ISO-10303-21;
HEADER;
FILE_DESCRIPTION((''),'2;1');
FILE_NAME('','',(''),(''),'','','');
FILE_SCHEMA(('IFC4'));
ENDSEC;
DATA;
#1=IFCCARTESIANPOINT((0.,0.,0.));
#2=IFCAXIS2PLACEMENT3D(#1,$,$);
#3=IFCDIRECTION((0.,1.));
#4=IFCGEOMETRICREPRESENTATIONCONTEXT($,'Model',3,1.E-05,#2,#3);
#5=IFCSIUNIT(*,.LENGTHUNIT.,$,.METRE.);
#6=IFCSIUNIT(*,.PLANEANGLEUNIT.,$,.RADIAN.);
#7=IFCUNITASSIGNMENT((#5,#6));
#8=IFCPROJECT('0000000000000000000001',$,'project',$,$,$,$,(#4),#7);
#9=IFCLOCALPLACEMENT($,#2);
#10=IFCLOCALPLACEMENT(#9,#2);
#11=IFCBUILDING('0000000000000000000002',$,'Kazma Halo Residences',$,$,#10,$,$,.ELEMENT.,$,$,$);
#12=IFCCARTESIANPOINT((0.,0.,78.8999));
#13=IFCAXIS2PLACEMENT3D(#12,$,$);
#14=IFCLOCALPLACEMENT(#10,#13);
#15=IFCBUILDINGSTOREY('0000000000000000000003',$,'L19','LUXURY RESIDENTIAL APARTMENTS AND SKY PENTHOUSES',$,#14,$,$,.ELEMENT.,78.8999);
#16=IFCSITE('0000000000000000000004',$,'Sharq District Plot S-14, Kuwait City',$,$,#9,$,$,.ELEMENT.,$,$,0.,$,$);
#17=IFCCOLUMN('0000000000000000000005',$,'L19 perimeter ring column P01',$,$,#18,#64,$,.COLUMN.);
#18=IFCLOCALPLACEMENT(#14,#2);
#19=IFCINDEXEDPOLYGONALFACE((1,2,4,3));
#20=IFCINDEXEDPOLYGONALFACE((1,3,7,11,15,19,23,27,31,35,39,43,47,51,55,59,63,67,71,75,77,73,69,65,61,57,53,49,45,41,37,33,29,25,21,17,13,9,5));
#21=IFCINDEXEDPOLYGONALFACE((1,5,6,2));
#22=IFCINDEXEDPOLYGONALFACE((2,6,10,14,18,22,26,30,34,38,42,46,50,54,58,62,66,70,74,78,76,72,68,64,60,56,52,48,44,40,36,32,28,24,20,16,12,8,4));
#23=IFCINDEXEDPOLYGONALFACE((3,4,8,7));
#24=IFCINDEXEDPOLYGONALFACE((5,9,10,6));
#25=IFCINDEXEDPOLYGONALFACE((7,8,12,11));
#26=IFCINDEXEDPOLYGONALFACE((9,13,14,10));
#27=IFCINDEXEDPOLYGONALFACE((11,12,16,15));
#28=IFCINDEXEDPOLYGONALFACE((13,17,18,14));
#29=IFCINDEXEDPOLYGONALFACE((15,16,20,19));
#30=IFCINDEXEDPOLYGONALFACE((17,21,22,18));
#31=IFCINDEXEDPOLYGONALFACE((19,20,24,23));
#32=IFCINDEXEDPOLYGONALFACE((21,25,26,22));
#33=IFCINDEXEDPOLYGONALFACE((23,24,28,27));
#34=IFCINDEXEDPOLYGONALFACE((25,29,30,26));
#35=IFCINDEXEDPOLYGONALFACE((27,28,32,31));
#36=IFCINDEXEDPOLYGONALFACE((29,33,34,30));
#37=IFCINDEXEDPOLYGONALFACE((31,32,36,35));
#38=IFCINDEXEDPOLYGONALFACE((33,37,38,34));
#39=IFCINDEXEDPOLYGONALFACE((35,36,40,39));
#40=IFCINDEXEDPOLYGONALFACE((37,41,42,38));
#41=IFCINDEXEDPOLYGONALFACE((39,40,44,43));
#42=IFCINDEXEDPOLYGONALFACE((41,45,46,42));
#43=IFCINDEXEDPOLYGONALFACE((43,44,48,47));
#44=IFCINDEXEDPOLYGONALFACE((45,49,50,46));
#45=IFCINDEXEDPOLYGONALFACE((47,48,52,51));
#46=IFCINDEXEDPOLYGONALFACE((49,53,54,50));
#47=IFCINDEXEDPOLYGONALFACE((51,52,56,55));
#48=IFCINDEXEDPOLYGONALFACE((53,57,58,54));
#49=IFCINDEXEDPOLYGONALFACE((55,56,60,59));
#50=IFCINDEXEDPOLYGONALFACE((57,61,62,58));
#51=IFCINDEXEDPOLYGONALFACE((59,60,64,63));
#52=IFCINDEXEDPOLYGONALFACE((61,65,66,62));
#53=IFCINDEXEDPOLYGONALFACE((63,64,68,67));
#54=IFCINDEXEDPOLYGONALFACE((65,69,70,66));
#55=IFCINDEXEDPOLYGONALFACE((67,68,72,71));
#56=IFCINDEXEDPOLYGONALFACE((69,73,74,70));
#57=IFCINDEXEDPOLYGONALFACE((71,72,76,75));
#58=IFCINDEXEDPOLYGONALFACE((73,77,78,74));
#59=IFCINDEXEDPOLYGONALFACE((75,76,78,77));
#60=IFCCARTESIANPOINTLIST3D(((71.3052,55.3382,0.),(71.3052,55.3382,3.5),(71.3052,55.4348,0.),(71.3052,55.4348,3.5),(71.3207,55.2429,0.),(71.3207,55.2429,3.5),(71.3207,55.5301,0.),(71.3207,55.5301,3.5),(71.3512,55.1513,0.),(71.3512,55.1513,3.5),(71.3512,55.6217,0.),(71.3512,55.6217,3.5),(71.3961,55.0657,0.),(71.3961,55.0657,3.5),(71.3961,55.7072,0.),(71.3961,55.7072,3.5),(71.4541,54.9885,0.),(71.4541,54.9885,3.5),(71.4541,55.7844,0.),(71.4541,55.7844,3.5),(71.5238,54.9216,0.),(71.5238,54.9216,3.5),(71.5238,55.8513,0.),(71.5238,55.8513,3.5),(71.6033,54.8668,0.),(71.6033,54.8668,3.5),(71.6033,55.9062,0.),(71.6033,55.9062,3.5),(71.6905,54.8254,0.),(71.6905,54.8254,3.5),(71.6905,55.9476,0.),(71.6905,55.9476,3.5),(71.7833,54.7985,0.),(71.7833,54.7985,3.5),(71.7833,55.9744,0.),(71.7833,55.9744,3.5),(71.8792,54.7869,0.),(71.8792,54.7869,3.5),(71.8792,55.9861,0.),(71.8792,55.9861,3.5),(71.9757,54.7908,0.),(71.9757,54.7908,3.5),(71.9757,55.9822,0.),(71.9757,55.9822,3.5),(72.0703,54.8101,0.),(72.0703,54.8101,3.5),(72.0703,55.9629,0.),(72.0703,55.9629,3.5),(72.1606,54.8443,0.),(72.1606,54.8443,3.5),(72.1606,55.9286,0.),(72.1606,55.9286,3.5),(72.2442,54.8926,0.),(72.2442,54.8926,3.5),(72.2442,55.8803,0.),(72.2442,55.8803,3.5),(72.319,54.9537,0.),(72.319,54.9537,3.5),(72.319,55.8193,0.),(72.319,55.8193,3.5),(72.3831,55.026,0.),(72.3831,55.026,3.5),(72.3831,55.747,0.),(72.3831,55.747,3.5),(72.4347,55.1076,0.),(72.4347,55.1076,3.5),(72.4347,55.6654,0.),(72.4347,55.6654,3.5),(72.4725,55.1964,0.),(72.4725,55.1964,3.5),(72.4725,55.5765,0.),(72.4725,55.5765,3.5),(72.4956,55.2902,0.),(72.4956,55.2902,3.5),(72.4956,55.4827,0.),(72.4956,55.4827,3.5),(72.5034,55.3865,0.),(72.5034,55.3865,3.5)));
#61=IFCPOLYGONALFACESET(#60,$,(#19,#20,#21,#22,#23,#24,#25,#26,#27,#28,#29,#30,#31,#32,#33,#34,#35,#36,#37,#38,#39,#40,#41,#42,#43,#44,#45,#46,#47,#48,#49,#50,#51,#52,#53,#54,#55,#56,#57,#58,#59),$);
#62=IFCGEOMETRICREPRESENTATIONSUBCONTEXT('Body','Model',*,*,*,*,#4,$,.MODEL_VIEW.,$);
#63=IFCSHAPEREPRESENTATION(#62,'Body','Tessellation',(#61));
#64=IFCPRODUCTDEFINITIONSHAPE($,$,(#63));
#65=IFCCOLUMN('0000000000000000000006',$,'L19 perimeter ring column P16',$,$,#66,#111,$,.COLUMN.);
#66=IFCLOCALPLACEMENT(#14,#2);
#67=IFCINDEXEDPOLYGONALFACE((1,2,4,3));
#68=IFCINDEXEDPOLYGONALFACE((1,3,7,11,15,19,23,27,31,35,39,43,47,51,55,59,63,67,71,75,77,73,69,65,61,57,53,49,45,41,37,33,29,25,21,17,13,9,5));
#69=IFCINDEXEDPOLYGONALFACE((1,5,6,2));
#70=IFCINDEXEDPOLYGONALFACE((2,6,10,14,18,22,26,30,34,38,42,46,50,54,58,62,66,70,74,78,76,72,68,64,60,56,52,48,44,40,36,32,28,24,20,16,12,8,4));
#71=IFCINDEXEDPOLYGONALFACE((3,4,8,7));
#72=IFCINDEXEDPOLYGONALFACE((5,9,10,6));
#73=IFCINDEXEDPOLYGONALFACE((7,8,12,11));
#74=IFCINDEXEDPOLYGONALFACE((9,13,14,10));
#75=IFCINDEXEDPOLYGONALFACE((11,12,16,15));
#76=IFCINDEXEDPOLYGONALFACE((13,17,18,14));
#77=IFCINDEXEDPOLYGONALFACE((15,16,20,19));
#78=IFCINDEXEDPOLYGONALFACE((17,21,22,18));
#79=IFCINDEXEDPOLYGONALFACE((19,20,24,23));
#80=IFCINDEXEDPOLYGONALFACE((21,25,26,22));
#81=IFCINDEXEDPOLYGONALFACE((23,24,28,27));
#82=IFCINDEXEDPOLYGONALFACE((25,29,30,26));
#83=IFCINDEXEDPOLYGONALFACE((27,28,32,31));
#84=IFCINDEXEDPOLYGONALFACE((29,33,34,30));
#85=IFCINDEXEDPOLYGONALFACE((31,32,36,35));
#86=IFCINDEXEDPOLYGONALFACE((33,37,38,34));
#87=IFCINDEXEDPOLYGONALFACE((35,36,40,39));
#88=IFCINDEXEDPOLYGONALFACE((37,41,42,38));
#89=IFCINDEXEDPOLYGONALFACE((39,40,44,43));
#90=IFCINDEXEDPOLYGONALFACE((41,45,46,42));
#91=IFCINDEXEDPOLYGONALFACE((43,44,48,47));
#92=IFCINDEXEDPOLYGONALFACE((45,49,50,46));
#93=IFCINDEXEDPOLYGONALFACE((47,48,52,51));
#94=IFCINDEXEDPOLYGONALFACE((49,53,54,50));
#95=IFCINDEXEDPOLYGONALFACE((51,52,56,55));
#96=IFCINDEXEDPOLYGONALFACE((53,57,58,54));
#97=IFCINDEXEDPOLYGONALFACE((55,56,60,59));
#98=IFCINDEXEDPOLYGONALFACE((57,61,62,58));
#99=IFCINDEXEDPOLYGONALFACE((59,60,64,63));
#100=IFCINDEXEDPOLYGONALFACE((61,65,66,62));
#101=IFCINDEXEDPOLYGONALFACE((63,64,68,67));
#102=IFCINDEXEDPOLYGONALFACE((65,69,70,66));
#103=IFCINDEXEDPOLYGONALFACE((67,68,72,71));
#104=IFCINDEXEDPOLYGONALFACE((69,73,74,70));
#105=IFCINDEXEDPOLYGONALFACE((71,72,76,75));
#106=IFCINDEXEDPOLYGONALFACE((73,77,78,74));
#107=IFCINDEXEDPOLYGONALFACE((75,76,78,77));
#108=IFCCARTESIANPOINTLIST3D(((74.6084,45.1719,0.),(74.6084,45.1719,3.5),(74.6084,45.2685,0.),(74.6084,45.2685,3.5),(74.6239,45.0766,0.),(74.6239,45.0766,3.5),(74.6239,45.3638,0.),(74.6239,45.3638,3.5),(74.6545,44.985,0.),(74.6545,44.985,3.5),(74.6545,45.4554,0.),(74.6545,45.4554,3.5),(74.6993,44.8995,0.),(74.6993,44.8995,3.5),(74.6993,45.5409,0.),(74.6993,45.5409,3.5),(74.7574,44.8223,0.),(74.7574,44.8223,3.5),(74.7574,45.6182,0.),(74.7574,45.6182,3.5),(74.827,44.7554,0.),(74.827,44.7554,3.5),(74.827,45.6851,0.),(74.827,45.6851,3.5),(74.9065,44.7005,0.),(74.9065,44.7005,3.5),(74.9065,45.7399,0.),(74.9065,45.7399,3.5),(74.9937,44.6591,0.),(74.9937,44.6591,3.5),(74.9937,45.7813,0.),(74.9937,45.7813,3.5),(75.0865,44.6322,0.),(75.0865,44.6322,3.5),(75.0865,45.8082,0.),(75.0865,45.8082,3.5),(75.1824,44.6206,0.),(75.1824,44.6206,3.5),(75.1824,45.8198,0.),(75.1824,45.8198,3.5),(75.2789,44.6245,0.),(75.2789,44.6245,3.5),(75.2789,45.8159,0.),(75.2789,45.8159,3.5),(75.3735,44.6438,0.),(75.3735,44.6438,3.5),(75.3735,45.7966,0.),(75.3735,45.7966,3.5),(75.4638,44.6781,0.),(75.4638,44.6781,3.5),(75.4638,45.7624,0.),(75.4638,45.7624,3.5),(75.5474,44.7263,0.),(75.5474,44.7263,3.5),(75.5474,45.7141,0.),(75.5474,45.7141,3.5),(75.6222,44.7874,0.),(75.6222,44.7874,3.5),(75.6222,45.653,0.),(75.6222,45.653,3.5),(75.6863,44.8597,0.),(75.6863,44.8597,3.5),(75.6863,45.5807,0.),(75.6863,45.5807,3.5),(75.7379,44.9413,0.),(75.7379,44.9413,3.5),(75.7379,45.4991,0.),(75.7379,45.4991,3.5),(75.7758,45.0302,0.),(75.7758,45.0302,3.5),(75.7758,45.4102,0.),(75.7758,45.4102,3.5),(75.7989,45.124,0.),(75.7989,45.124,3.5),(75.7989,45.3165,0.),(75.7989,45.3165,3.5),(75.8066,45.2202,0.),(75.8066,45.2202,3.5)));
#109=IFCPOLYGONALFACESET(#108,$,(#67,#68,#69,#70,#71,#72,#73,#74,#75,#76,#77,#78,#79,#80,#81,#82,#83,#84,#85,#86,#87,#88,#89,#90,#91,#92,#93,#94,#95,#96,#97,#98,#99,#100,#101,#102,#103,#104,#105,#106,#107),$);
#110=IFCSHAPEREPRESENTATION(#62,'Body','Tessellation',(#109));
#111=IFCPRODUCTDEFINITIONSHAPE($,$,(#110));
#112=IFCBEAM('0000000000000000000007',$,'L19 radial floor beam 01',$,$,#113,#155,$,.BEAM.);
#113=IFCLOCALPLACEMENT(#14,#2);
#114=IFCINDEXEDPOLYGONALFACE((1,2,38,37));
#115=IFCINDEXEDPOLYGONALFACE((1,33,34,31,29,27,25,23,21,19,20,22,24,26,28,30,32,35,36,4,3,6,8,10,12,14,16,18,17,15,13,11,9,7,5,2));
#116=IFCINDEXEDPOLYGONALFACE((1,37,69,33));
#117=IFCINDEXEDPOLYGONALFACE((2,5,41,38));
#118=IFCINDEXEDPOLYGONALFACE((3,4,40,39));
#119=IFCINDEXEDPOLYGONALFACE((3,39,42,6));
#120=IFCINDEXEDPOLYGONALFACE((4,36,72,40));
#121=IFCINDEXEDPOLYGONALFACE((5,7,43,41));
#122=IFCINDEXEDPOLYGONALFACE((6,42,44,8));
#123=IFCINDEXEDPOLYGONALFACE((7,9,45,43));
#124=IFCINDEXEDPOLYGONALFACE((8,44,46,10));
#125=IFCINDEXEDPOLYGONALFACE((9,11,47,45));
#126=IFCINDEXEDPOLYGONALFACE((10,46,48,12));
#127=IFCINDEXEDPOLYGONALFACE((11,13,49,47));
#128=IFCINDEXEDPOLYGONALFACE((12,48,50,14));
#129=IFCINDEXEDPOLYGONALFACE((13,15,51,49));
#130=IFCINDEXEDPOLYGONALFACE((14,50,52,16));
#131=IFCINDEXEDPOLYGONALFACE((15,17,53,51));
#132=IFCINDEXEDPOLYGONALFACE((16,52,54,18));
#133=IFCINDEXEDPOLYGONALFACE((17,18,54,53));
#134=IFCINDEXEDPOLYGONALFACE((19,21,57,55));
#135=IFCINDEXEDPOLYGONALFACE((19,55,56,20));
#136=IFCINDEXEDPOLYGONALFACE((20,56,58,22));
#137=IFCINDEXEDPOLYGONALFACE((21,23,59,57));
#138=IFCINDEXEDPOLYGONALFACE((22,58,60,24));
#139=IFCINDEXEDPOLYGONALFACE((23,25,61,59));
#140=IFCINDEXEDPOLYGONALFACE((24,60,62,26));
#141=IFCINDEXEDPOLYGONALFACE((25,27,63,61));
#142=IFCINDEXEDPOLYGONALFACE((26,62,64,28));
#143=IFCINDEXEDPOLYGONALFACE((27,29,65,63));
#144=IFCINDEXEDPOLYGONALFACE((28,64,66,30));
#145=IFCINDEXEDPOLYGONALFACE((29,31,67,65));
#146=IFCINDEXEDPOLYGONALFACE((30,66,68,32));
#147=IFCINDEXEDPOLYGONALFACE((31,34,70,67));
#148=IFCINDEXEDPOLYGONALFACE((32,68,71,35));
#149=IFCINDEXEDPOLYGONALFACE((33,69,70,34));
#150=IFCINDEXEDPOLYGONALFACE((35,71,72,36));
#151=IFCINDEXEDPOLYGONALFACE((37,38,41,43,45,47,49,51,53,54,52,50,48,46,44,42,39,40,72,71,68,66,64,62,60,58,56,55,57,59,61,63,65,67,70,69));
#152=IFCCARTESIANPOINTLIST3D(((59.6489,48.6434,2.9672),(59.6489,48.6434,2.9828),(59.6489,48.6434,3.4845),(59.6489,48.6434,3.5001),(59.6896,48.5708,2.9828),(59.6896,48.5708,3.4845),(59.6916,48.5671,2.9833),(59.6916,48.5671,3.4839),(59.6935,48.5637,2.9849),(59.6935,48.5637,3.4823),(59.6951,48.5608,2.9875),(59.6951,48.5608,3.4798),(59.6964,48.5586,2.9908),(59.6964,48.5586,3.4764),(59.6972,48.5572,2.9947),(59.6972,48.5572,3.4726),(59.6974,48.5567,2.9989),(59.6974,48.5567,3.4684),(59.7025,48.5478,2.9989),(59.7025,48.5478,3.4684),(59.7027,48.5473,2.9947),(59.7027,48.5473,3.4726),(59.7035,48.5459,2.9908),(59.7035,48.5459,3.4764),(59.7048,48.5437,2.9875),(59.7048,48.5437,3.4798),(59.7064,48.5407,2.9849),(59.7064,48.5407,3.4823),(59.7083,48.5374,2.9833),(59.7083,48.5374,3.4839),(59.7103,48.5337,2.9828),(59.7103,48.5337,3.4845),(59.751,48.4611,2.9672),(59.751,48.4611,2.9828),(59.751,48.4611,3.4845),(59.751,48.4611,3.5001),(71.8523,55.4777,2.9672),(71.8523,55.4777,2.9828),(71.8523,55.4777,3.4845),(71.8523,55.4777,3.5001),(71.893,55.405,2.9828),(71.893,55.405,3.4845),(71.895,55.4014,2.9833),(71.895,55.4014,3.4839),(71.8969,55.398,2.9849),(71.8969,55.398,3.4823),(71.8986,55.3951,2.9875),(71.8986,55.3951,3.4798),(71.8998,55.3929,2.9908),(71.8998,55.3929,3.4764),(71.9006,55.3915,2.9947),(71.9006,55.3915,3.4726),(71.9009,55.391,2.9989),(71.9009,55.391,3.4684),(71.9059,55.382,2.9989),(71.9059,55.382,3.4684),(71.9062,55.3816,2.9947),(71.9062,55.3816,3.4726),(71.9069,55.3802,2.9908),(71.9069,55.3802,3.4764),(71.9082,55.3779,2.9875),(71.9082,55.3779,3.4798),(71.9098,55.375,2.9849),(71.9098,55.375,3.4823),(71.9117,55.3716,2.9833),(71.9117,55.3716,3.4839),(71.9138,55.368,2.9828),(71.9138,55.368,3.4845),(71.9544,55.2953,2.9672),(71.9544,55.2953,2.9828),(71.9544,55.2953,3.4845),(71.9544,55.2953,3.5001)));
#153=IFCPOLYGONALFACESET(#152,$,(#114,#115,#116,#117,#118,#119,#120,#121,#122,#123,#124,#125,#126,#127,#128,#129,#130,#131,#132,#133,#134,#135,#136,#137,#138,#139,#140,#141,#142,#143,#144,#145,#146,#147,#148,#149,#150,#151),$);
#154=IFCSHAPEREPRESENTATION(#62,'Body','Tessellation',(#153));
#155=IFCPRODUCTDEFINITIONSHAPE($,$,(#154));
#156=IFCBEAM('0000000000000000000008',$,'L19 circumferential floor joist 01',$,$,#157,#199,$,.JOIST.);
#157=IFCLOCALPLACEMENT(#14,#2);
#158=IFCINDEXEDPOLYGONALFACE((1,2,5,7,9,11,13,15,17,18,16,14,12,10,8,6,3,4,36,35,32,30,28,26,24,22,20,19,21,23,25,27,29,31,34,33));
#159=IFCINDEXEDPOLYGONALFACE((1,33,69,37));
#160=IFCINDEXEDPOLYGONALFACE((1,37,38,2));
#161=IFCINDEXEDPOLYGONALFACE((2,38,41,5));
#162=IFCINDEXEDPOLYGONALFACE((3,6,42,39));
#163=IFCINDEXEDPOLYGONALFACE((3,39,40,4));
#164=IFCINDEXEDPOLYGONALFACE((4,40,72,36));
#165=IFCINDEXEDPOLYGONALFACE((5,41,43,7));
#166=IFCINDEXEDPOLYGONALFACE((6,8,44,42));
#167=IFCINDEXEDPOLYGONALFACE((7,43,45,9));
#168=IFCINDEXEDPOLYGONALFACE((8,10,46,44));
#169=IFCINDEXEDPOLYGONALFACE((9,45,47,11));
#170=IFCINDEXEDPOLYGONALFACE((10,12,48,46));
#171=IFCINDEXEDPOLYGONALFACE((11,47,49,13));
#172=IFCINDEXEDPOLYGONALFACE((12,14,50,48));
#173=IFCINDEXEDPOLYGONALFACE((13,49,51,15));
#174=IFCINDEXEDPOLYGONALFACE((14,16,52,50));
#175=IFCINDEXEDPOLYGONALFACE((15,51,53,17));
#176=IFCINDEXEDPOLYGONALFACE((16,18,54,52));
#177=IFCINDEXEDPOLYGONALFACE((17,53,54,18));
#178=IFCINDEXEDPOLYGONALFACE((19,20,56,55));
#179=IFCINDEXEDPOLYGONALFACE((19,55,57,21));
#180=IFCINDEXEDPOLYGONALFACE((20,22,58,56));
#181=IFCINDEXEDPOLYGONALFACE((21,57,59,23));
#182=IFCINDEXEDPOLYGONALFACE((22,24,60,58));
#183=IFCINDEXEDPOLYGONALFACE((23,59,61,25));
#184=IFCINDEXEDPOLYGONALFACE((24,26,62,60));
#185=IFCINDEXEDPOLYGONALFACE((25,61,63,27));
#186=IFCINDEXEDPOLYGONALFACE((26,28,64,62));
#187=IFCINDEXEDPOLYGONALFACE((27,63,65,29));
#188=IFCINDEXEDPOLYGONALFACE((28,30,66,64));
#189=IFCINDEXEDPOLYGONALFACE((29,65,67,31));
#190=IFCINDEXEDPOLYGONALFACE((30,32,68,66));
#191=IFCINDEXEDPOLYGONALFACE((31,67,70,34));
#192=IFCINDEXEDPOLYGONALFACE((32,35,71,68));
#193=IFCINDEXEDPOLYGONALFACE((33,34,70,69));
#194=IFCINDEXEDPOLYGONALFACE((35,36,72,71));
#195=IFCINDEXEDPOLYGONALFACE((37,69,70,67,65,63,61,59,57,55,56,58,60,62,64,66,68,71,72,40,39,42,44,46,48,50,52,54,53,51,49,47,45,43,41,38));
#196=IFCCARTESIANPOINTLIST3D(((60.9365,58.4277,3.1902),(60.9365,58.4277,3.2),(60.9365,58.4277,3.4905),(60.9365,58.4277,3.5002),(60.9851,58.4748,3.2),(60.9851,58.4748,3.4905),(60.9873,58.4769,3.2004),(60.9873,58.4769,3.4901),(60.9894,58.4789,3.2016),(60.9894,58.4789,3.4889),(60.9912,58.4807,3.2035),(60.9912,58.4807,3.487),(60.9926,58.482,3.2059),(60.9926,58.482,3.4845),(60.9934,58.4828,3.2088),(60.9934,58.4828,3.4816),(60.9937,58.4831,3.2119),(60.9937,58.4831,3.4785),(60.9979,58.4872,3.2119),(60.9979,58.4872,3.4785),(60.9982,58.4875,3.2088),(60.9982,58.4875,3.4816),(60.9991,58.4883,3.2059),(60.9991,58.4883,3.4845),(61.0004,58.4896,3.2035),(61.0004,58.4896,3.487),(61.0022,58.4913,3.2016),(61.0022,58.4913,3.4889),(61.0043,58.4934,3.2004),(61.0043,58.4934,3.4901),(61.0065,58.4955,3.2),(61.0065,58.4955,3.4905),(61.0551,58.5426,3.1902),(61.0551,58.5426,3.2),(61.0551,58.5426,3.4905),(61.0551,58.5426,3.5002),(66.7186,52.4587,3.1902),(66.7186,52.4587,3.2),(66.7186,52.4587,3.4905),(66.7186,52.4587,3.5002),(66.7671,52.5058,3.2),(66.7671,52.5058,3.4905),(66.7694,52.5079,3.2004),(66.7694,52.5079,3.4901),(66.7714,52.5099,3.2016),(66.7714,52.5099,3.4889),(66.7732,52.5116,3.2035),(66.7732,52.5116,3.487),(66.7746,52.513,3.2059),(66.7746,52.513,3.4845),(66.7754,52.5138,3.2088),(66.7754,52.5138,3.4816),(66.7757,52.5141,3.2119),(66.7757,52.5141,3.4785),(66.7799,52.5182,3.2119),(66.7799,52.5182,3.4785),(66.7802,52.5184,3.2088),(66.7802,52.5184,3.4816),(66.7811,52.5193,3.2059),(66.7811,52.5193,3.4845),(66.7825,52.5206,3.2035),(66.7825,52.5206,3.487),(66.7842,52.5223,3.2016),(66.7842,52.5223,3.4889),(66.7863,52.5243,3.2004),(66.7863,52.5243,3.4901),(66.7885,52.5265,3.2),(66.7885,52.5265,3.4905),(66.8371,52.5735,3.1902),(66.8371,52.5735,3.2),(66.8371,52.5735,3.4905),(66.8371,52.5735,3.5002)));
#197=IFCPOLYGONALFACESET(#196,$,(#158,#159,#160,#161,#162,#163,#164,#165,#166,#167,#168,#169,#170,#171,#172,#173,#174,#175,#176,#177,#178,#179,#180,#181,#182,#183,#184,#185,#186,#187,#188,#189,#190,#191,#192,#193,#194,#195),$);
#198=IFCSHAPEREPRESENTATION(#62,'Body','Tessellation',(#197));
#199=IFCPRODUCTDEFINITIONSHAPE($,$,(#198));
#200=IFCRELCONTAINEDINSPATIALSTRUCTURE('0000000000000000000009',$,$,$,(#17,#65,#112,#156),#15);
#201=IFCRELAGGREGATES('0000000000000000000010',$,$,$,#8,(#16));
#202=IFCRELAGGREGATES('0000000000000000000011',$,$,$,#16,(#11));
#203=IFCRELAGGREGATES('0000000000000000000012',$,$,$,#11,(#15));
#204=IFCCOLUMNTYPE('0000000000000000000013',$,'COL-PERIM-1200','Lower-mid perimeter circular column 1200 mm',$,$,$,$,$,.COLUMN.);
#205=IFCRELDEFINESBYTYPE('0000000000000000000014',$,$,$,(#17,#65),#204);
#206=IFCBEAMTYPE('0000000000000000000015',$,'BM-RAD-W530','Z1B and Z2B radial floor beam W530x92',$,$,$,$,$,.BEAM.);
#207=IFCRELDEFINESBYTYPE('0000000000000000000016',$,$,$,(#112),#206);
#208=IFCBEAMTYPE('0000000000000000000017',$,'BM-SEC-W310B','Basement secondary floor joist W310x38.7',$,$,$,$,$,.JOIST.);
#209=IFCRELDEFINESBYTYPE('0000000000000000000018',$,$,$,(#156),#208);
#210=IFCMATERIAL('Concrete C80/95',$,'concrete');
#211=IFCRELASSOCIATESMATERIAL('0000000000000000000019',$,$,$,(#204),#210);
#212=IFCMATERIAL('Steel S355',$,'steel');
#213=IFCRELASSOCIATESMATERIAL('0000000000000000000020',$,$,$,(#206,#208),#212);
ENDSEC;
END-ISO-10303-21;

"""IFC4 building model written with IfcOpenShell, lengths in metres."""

from ifc_helpers import new_model, si_unit, direction, frame, origin, origin_2d, place, context, subcontext, project, spatial, circle, i_section, extrude, material, material_profile, profile_set, type_object, element, save


model = new_model("IFC4")

# Units and contexts
model_context = context("Model", 3, precision=1e-05, world=origin(), true_north=direction((0.0, 1.0)))
body_context = subcontext(model_context, "Body", "Model", "MODEL_VIEW")
ifc_project = project(units=[si_unit("LENGTHUNIT", "METRE"), si_unit("PLANEANGLEUNIT", "RADIAN")], contexts=[model_context])

# Site, building, storey
site_placement = place(None, origin())
site = spatial("IfcSite", under=ifc_project, at=site_placement, Name="Sharq District Plot S-14, Kuwait City", CompositionType="ELEMENT", RefElevation=0.0)
building_placement = place(site_placement, origin())
building = spatial("IfcBuilding", under=site, at=building_placement, Name="Kazma Halo Residences", CompositionType="ELEMENT")
storey_placement = place(building_placement, frame((0.0, 0.0, 78.8999)))
storey = spatial("IfcBuildingStorey", under=building, at=storey_placement, Name="L19", Description="LUXURY RESIDENTIAL APARTMENTS AND SKY PENTHOUSES", CompositionType="ELEMENT", Elevation=78.8999)

# Columns
ifc_material_1 = material(Name="Concrete C80/95", Category="concrete")
ifc_material_profile_1 = material_profile(ifc_material_1, circle(Radius=0.6001, at=origin_2d()), Name="CIRC1200")
ifc_profile_set_1 = profile_set([ifc_material_profile_1], Name="Concrete C80/95")
column_type = type_object("IfcColumnType", Name="COL-PERIM-1200", Description="Lower-mid perimeter circular column 1200 mm", PredefinedType="COLUMN", material=ifc_profile_set_1)
for number, where, z_axis, x_axis, name in (
    (1, (71.9033, 55.3865, 0.0), (0.0, 0.0, 1.0), (1.0, 0.0, 0.0), "L19 perimeter ring column P01"),
    (2, (75.2065, 45.2202, 0.0), (0.0, 0.0, 1.0), (1.0, 0.0, 0.0), "L19 perimeter ring column P16"),
):
    element("IfcColumn", number, at=place(storey_placement, frame(where, z_axis=z_axis, x_axis=x_axis)), inside=storey, type_object=column_type, Name=name, PredefinedType="COLUMN", context=body_context, shape_type="SweptSolid", body=[
        extrude(circle(Radius=0.6001, at=origin_2d()), origin(), (0.0, 0.0, 1.0), 3.5),
    ])

# Beams
ifc_material_2 = material(Name="Steel S355", Category="steel")
ifc_material_profile_2 = material_profile(ifc_material_2, i_section(OverallWidth=0.209, OverallDepth=0.533, WebThickness=0.0103, FlangeThickness=0.0156, FilletRadius=0.0161, at=origin_2d()), Name="W530x92")
ifc_profile_set_2 = profile_set([ifc_material_profile_2], Name="Steel S355")
beam_type_1 = type_object("IfcBeamType", Name="BM-RAD-W530", Description="Z1B and Z2B radial floor beam W530x92", PredefinedType="BEAM", material=ifc_profile_set_2)
beam_1_placement = place(storey_placement, frame((59.7, 48.5522, 3.2336), z_axis=(0.872496, 0.488622, 0.0), x_axis=(-0.488622, 0.872496, 0.0)))
element("IfcBeam", 3, at=beam_1_placement, inside=storey, type_object=beam_type_1, Name="L19 radial floor beam 01", PredefinedType="BEAM", context=body_context, shape_type="SweptSolid", body=[
    extrude(i_section(OverallWidth=0.209, OverallDepth=0.533, WebThickness=0.0103, FlangeThickness=0.0156, FilletRadius=0.0161, at=origin_2d()), origin(), (0.0, 0.0, 1.0), 13.9868),
])
ifc_material_profile_3 = material_profile(ifc_material_2, i_section(OverallWidth=0.165, OverallDepth=0.3101, WebThickness=0.0059, FlangeThickness=0.0098, FilletRadius=0.012, at=origin_2d()), Name="W310x38.7")
ifc_profile_set_3 = profile_set([ifc_material_profile_3], Name="Steel S355")
beam_type_2 = type_object("IfcBeamType", Name="BM-SEC-W310B", Description="Basement secondary floor joist W310x38.7", PredefinedType="JOIST", material=ifc_profile_set_3)
beam_2_placement = place(storey_placement, frame((66.7778, 52.5161, 3.3452), z_axis=(-0.695765, 0.718269, 0.0), x_axis=(-0.718269, -0.695765, 0.0)))
element("IfcBeam", 4, at=beam_2_placement, inside=storey, type_object=beam_type_2, Name="L19 circumferential floor joist 01", PredefinedType="JOIST", context=body_context, shape_type="SweptSolid", body=[
    extrude(i_section(OverallWidth=0.165, OverallDepth=0.3101, WebThickness=0.0059, FlangeThickness=0.0098, FilletRadius=0.012, at=origin_2d()), origin(), (0.0, 0.0, 1.0), 8.3103),
])

save(model, "model.ifc")
